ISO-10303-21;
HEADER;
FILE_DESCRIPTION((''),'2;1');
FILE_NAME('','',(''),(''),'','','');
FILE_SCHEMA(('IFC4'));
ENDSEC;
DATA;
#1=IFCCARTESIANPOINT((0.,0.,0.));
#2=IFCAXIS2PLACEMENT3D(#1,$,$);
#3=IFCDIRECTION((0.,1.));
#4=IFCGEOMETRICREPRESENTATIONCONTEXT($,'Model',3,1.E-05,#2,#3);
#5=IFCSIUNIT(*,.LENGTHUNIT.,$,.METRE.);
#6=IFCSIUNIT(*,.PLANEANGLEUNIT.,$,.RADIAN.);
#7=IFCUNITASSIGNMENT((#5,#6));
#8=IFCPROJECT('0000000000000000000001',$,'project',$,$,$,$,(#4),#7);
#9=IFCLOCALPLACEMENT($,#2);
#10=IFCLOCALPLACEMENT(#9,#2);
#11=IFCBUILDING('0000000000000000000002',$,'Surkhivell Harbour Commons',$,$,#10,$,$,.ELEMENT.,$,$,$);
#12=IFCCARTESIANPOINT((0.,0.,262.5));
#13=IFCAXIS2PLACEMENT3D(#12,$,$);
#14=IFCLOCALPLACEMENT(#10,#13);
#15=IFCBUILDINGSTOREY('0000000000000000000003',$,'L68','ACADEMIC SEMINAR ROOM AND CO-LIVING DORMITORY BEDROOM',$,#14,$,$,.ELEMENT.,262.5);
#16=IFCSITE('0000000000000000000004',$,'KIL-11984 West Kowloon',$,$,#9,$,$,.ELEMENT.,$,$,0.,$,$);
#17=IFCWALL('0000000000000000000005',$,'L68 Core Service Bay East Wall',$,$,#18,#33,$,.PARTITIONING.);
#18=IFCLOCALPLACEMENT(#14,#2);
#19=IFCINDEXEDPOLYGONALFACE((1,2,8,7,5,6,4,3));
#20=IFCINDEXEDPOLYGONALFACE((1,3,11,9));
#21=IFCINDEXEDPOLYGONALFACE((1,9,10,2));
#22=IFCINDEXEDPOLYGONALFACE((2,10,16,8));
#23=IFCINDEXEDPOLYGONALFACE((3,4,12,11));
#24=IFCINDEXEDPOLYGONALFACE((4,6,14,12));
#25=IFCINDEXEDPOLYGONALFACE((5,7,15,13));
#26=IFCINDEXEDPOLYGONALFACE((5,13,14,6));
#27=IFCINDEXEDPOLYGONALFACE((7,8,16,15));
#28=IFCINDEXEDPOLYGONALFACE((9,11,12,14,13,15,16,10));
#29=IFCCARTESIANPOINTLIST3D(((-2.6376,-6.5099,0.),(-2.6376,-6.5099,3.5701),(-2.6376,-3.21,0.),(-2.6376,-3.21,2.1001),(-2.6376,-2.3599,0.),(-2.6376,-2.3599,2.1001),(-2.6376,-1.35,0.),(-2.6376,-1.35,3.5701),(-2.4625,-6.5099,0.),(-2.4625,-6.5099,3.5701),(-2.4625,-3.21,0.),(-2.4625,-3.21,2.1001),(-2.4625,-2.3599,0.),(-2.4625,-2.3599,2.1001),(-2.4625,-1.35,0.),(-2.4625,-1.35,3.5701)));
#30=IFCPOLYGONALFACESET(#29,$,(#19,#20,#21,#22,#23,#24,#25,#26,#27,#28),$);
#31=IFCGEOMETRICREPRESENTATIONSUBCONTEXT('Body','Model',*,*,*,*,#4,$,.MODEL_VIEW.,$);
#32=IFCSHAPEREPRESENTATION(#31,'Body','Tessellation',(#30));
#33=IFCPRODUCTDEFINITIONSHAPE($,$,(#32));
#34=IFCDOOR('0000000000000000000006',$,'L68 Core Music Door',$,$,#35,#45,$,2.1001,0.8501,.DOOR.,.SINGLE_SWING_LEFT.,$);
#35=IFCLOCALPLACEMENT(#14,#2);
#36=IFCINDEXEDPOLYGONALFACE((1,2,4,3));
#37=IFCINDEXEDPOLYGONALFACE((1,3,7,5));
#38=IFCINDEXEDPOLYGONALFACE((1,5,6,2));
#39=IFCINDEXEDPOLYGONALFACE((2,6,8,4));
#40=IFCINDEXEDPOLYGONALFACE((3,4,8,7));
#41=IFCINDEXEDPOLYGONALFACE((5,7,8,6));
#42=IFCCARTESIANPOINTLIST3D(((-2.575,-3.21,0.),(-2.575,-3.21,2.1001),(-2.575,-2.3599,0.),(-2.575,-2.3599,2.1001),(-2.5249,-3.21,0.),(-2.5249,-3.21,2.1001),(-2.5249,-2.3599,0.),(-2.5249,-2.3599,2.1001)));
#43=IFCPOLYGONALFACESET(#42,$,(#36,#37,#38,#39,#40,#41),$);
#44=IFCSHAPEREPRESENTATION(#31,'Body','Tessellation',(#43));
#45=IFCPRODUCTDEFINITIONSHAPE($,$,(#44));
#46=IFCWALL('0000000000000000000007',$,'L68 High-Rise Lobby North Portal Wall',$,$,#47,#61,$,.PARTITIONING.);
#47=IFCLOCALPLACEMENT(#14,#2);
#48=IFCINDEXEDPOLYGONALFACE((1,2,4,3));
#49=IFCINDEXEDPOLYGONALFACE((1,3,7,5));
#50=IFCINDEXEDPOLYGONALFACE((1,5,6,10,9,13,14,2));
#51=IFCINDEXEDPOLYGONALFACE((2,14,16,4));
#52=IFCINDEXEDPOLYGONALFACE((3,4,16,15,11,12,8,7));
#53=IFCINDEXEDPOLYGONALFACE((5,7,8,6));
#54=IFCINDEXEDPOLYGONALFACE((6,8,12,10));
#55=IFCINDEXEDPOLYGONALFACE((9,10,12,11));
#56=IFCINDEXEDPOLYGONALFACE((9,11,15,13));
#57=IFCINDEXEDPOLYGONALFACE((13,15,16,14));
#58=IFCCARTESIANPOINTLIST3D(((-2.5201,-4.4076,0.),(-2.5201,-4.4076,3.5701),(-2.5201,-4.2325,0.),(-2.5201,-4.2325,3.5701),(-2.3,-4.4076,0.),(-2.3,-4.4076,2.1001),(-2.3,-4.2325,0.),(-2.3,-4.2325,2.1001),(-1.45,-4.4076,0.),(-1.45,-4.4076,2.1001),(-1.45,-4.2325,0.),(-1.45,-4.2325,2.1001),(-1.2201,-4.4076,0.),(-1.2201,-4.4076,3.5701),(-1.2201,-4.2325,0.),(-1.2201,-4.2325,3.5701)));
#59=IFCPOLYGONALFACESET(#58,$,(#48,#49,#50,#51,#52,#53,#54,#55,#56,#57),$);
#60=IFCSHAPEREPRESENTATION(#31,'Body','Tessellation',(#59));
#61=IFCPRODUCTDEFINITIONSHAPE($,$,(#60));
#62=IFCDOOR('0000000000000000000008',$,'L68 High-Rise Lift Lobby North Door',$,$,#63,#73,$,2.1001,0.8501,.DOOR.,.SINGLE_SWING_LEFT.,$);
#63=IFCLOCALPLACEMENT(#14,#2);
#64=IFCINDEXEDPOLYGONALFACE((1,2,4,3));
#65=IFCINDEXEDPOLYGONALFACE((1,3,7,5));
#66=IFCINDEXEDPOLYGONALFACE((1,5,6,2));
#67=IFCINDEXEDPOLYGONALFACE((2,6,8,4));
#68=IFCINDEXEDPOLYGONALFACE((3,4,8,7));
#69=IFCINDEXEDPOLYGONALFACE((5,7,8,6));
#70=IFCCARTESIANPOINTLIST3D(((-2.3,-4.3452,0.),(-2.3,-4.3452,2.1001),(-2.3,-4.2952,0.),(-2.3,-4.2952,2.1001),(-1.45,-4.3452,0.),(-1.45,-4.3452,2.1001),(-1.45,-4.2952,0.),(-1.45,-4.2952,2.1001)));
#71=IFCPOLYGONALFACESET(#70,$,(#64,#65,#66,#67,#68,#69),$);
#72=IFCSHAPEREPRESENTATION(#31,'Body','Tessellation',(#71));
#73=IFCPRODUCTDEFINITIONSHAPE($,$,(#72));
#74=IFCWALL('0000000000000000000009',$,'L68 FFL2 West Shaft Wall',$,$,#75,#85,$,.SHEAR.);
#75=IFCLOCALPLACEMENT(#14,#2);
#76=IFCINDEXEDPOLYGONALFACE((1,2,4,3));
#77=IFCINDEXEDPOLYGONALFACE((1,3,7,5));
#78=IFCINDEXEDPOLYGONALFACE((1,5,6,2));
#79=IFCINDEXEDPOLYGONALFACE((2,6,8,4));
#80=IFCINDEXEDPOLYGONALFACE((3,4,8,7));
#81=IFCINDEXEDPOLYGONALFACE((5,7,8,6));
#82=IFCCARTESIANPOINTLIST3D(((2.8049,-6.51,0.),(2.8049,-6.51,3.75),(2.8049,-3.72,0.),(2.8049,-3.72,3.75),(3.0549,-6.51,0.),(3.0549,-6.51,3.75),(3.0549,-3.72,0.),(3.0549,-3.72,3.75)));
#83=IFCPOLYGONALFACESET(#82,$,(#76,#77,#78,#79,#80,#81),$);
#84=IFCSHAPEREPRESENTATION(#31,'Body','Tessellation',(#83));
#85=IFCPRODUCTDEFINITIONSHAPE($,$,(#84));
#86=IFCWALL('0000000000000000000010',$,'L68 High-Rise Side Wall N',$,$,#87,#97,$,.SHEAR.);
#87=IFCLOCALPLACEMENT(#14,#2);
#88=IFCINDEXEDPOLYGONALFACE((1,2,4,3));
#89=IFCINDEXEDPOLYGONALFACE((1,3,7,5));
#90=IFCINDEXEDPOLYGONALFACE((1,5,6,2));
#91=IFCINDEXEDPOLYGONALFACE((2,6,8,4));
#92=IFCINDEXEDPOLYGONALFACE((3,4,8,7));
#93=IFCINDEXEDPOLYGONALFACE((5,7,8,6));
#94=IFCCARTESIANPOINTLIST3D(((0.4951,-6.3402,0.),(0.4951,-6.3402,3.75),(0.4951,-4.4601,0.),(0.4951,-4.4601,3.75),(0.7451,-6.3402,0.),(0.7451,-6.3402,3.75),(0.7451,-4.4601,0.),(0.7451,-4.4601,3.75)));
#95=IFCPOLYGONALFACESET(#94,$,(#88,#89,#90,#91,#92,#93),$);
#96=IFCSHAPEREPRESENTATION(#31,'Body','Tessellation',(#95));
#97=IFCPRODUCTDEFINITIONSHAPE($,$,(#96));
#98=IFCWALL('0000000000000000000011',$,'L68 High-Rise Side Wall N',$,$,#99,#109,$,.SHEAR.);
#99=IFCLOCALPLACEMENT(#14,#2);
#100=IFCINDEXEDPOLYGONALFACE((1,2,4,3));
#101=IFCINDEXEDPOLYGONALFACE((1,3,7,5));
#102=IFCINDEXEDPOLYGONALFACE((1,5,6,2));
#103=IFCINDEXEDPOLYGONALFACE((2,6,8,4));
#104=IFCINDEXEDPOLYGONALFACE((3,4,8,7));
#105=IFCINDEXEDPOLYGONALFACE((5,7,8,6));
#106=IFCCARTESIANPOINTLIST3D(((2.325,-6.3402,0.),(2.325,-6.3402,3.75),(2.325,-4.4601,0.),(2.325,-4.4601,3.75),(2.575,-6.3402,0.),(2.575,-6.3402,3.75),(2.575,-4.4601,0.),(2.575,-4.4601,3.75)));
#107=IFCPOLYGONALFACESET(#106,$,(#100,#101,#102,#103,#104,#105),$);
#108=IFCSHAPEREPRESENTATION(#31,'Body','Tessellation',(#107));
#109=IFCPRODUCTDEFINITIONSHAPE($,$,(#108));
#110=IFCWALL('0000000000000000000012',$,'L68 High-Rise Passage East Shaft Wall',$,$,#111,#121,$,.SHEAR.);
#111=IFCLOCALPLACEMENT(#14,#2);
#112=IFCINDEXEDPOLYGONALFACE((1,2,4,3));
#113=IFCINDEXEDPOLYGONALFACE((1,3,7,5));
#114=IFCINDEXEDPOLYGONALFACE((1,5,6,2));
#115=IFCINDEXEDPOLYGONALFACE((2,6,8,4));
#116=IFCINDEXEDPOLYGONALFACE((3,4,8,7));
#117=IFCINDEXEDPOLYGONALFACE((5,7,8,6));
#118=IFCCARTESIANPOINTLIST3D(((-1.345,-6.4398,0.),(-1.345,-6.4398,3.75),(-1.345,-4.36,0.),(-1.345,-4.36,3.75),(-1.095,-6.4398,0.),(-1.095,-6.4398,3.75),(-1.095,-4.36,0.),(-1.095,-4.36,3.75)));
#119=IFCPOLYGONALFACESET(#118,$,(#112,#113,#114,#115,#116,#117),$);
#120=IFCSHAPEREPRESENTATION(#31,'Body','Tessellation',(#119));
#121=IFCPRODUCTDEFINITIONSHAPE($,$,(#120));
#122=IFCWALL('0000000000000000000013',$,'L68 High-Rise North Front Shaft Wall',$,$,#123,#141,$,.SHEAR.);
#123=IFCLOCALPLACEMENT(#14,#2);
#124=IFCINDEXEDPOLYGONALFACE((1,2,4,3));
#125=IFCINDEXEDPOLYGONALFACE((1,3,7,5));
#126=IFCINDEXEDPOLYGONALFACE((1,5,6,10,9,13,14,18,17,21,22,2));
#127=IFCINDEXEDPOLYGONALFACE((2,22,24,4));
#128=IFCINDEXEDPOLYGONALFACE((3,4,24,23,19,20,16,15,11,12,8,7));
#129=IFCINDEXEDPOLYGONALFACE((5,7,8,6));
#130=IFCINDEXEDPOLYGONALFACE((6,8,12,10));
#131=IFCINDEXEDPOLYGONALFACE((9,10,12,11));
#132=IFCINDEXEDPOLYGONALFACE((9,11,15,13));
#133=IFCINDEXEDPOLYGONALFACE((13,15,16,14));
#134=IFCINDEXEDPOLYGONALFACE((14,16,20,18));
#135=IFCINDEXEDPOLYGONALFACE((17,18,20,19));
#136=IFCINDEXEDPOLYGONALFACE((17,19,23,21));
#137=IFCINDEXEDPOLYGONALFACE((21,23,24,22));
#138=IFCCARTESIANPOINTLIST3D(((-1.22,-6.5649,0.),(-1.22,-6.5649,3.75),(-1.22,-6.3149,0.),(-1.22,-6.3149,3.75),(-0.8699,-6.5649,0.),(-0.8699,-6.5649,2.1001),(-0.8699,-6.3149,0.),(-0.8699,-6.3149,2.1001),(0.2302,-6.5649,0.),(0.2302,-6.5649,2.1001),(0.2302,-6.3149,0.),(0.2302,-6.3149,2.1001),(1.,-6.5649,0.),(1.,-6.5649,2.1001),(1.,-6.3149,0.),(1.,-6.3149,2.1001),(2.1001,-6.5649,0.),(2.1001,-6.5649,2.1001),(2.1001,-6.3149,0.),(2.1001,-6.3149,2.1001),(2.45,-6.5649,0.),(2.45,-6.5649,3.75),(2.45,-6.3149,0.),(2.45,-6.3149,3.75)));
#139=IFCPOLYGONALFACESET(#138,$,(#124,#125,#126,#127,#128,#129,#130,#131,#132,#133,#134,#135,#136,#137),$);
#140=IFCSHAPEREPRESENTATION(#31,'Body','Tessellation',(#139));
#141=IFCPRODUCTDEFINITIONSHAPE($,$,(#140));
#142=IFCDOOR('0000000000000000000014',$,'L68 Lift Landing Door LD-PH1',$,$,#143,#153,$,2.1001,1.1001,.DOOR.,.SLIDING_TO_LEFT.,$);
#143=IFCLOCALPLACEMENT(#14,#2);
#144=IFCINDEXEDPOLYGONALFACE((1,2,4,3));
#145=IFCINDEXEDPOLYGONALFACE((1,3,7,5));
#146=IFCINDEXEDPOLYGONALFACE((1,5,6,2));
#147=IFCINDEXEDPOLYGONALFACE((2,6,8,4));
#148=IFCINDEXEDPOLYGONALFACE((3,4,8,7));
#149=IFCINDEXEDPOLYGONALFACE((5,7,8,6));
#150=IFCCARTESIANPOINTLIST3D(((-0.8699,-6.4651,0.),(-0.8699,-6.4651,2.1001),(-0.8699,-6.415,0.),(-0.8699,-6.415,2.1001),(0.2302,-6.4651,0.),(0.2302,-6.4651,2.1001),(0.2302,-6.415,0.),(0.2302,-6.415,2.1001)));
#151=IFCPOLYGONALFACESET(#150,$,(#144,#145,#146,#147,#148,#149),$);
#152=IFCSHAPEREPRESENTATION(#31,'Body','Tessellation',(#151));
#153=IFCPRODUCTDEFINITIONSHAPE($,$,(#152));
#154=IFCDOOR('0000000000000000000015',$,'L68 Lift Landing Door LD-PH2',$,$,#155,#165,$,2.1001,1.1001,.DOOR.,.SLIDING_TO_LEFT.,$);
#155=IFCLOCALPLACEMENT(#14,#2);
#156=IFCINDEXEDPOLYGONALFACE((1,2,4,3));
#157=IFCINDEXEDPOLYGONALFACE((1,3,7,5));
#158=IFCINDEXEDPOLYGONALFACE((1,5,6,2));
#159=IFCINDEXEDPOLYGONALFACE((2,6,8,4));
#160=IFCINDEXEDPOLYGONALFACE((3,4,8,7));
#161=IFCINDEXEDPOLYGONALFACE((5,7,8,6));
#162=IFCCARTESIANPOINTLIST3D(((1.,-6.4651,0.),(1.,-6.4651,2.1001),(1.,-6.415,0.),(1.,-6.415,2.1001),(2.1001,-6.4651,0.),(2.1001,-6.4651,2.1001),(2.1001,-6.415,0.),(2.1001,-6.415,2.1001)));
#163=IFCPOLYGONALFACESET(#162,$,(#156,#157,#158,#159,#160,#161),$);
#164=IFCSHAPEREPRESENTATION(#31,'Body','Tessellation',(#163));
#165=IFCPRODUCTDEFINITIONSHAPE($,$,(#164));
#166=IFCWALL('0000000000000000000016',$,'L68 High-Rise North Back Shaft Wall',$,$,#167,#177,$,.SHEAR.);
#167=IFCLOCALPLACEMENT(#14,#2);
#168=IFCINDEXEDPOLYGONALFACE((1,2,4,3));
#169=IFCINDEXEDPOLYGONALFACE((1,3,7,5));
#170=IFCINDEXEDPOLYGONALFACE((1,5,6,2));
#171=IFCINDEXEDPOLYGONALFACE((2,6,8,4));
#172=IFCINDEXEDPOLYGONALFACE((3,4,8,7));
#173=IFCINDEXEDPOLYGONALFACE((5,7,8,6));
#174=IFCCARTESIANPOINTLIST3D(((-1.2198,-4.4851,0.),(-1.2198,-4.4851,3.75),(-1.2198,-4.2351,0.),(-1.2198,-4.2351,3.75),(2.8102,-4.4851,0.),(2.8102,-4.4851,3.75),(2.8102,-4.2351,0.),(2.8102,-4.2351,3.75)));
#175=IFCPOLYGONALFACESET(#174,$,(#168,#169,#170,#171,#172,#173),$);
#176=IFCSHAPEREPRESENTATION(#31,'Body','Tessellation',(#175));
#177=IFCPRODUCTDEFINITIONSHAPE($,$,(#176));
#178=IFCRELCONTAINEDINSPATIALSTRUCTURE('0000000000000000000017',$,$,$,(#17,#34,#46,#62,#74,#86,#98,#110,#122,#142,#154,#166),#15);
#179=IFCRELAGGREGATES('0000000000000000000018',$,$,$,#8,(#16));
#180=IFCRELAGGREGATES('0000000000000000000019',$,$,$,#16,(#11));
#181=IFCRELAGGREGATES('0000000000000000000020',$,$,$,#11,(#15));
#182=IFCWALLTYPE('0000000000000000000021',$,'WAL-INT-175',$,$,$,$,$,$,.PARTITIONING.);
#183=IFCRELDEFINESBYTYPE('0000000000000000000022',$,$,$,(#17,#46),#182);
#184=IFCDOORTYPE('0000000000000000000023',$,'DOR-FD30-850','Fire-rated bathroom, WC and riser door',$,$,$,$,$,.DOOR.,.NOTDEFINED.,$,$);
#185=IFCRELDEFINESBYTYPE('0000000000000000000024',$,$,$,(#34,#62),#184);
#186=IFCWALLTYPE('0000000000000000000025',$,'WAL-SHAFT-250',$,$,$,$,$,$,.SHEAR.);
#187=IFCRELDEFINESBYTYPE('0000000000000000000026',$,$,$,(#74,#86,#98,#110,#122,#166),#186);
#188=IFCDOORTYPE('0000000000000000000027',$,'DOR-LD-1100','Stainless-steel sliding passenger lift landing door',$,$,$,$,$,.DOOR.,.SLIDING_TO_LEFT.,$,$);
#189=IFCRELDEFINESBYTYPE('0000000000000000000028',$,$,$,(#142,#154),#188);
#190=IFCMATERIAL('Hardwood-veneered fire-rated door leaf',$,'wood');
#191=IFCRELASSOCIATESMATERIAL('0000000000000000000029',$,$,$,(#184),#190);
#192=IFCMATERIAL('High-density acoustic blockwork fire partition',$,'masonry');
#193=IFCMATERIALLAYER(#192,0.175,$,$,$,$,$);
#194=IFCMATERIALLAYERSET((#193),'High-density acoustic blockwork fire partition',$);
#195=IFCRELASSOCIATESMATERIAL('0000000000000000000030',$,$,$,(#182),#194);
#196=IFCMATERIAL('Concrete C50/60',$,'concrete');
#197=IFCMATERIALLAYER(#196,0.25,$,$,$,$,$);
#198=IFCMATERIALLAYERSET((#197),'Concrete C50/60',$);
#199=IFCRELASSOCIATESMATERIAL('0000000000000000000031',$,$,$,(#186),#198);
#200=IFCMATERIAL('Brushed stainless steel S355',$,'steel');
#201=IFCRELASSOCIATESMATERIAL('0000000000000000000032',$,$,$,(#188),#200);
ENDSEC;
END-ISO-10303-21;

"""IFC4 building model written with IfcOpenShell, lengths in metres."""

from ifc_helpers import new_model, si_unit, direction, frame, frame_2d, origin, place, context, subcontext, project, spatial, rectangle, extrude, material, layer, layer_set, type_object, element, fill, save


model = new_model("IFC4")

# Units and contexts
model_context = context("Model", 3, precision=1e-05, world=origin(), true_north=direction((0.0, 1.0)))
body_context = subcontext(model_context, "Body", "Model", "MODEL_VIEW")
ifc_project = project(units=[si_unit("LENGTHUNIT", "METRE"), si_unit("PLANEANGLEUNIT", "RADIAN")], contexts=[model_context])

# Site, building, storey
site_placement = place(None, origin())
site = spatial("IfcSite", under=ifc_project, at=site_placement, Name="KIL-11984 West Kowloon", CompositionType="ELEMENT", RefElevation=0.0)
building_placement = place(site_placement, origin())
building = spatial("IfcBuilding", under=site, at=building_placement, Name="Surkhivell Harbour Commons", CompositionType="ELEMENT")
storey_placement = place(building_placement, frame((0.0, 0.0, 262.5)))
storey = spatial("IfcBuildingStorey", under=building, at=storey_placement, Name="L68", Description="ACADEMIC SEMINAR ROOM AND CO-LIVING DORMITORY BEDROOM", CompositionType="ELEMENT", Elevation=262.5)

# Walls, openings, doors
ifc_material_1 = material(Name="Hardwood-veneered fire-rated door leaf", Category="wood")
door_type_1 = type_object("IfcDoorType", Name="DOR-FD30-850", Description="Fire-rated bathroom, WC and riser door", OperationType="NOTDEFINED", PredefinedType="DOOR", material=ifc_material_1)
ifc_material_2 = material(Name="High-density acoustic blockwork fire partition", Category="masonry")
ifc_layer_1 = layer(ifc_material_2, 0.175)
ifc_layer_set_1 = layer_set([ifc_layer_1], Name="High-density acoustic blockwork fire partition")
wall_type_1 = type_object("IfcWallType", Name="WAL-INT-175", PredefinedType="PARTITIONING", material=ifc_layer_set_1)
wall_1_placement = place(storey_placement, frame((-2.55, -6.51, 0.0), z_axis=(0.0, 0.0, 1.0), x_axis=(0.0, 1.0, 0.0)))
wall_1 = element("IfcWall", 1, at=wall_1_placement, inside=storey, type_object=wall_type_1, Name="L68 Core Service Bay East Wall", PredefinedType="PARTITIONING", context=body_context, shape_type="SweptSolid", body=[
    extrude(rectangle(XDim=5.1599, YDim=0.175, at=frame_2d((2.5801, 0.0))), origin(), (0.0, 0.0, 1.0), 3.5701),
])
opening_1_placement = place(wall_1_placement, frame((3.3, 0.0, 0.0)))
opening_1 = element("IfcOpeningElement", 2, at=opening_1_placement, cuts=wall_1, PredefinedType="OPENING", context=body_context, shape_type="SweptSolid", body=[
    extrude(rectangle(XDim=0.8501, YDim=2.1001, at=frame_2d((0.425, 1.05))), frame((0.0, 0.0974, 0.0), z_axis=(0.0, -1.0, 0.0), x_axis=(1.0, 0.0, 0.0)), (0.0, 0.0, 1.0), 0.1951),
])
door_1_placement = place(opening_1_placement, origin())
door_1 = element("IfcDoor", 3, at=door_1_placement, inside=storey, type_object=door_type_1, Name="L68 Core Music Door", OperationType="SINGLE_SWING_LEFT", OverallHeight=2.1001, OverallWidth=0.8501, PredefinedType="DOOR", context=body_context, shape_type="SweptSolid", body=[
    extrude(rectangle(XDim=0.8501, YDim=2.1001, at=frame_2d((0.425, 1.05))), frame((0.0, 0.0249, 0.0), z_axis=(0.0, -1.0, 0.0), x_axis=(1.0, 0.0, 0.0)), (0.0, 0.0, 1.0), 0.05),
])
fill(opening_1, door_1)
wall_2_placement = place(storey_placement, frame((-2.52, -4.3201, 0.0), z_axis=(0.0, 0.0, 1.0), x_axis=(1.0, 0.0, 0.0)))
wall_2 = element("IfcWall", 4, at=wall_2_placement, inside=storey, type_object=wall_type_1, Name="L68 High-Rise Lobby North Portal Wall", PredefinedType="PARTITIONING", context=body_context, shape_type="SweptSolid", body=[
    extrude(rectangle(XDim=1.3, YDim=0.175, at=frame_2d((0.6499, 0.0))), origin(), (0.0, 0.0, 1.0), 3.5701),
])
opening_2_placement = place(wall_2_placement, frame((0.22, 0.0, 0.0)))
opening_2 = element("IfcOpeningElement", 5, at=opening_2_placement, cuts=wall_2, PredefinedType="OPENING", context=body_context, shape_type="SweptSolid", body=[
    extrude(rectangle(XDim=0.8501, YDim=2.1001, at=frame_2d((0.425, 1.05))), frame((0.0, 0.0974, 0.0), z_axis=(0.0, -1.0, 0.0), x_axis=(1.0, 0.0, 0.0)), (0.0, 0.0, 1.0), 0.1951),
])
door_2_placement = place(opening_2_placement, origin())
door_2 = element("IfcDoor", 6, at=door_2_placement, inside=storey, type_object=door_type_1, Name="L68 High-Rise Lift Lobby North Door", OperationType="SINGLE_SWING_LEFT", OverallHeight=2.1001, OverallWidth=0.8501, PredefinedType="DOOR", context=body_context, shape_type="SweptSolid", body=[
    extrude(rectangle(XDim=0.8501, YDim=2.1001, at=frame_2d((0.425, 1.05))), frame((0.0, 0.0249, 0.0), z_axis=(0.0, -1.0, 0.0), x_axis=(1.0, 0.0, 0.0)), (0.0, 0.0, 1.0), 0.05),
])
fill(opening_2, door_2)

# Walls
ifc_material_3 = material(Name="Concrete C50/60", Category="concrete")
ifc_layer_2 = layer(ifc_material_3, 0.25)
ifc_layer_set_2 = layer_set([ifc_layer_2], Name="Concrete C50/60")
wall_type_2 = type_object("IfcWallType", Name="WAL-SHAFT-250", PredefinedType="SHEAR", material=ifc_layer_set_2)
wall_3_placement = place(storey_placement, frame((2.9299, -6.51, 0.0), z_axis=(0.0, 0.0, 1.0), x_axis=(0.0, 1.0, 0.0)))
element("IfcWall", 7, at=wall_3_placement, inside=storey, type_object=wall_type_2, Name="L68 FFL2 West Shaft Wall", PredefinedType="SHEAR", context=body_context, shape_type="SweptSolid", body=[
    extrude(rectangle(XDim=2.79, YDim=0.25, at=frame_2d((1.395, 0.0))), origin(), (0.0, 0.0, 1.0), 3.75),
])
for number, where, z_axis, x_axis, name in (
    (8, (0.6201, -6.3401, 0.0), (0.0, 0.0, 1.0), (0.0, 1.0, 0.0), "L68 High-Rise Side Wall N"),
    (9, (2.45, -6.3401, 0.0), (0.0, 0.0, 1.0), (0.0, 1.0, 0.0), "L68 High-Rise Side Wall N"),
):
    element("IfcWall", number, at=place(storey_placement, frame(where, z_axis=z_axis, x_axis=x_axis)), inside=storey, type_object=wall_type_2, Name=name, PredefinedType="SHEAR", context=body_context, shape_type="SweptSolid", body=[
        extrude(rectangle(XDim=1.8801, YDim=0.25, at=frame_2d((0.9399, 0.0))), origin(), (0.0, 0.0, 1.0), 3.75),
    ])
wall_4_placement = place(storey_placement, frame((-1.22, -6.4399, 0.0), z_axis=(0.0, 0.0, 1.0), x_axis=(0.0, 1.0, 0.0)))
element("IfcWall", 10, at=wall_4_placement, inside=storey, type_object=wall_type_2, Name="L68 High-Rise Passage East Shaft Wall", PredefinedType="SHEAR", context=body_context, shape_type="SweptSolid", body=[
    extrude(rectangle(XDim=2.0798, YDim=0.25, at=frame_2d((1.04, 0.0))), origin(), (0.0, 0.0, 1.0), 3.75),
])

# Wall, openings, doors
wall_5_placement = place(storey_placement, frame((-1.22, -6.4399, 0.0), z_axis=(0.0, 0.0, 1.0), x_axis=(1.0, 0.0, 0.0)))
wall_5 = element("IfcWall", 11, at=wall_5_placement, inside=storey, type_object=wall_type_2, Name="L68 High-Rise North Front Shaft Wall", PredefinedType="SHEAR", context=body_context, shape_type="SweptSolid", body=[
    extrude(rectangle(XDim=3.6699, YDim=0.25, at=frame_2d((1.835, 0.0))), origin(), (0.0, 0.0, 1.0), 3.75),
])
opening_3_placement = place(wall_5_placement, frame((0.3501, 0.0, 0.0)))
opening_3 = element("IfcOpeningElement", 12, at=opening_3_placement, cuts=wall_5, PredefinedType="OPENING", context=body_context, shape_type="SweptSolid", body=[
    extrude(rectangle(XDim=1.1001, YDim=2.1001, at=frame_2d((0.55, 1.05))), frame((0.0, 0.135, 0.0), z_axis=(0.0, -1.0, 0.0), x_axis=(1.0, 0.0, 0.0)), (0.0, 0.0, 1.0), 0.27),
])
opening_4_placement = place(wall_5_placement, frame((2.22, 0.0, 0.0)))
opening_4 = element("IfcOpeningElement", 13, at=opening_4_placement, cuts=wall_5, PredefinedType="OPENING", context=body_context, shape_type="SweptSolid", body=[
    extrude(rectangle(XDim=1.1001, YDim=2.1001, at=frame_2d((0.55, 1.05))), frame((0.0, 0.135, 0.0), z_axis=(0.0, -1.0, 0.0), x_axis=(1.0, 0.0, 0.0)), (0.0, 0.0, 1.0), 0.27),
])
ifc_material_4 = material(Name="Brushed stainless steel S355", Category="steel")
door_type_2 = type_object("IfcDoorType", Name="DOR-LD-1100", Description="Stainless-steel sliding passenger lift landing door", OperationType="SLIDING_TO_LEFT", PredefinedType="DOOR", material=ifc_material_4)
door_3_placement = place(opening_3_placement, origin())
door_3 = element("IfcDoor", 14, at=door_3_placement, inside=storey, type_object=door_type_2, Name="L68 Lift Landing Door LD-PH1", OperationType="SLIDING_TO_LEFT", OverallHeight=2.1001, OverallWidth=1.1001, PredefinedType="DOOR", context=body_context, shape_type="SweptSolid", body=[
    extrude(rectangle(XDim=1.1001, YDim=2.1001, at=frame_2d((0.55, 1.05))), frame((0.0, 0.0249, 0.0), z_axis=(0.0, -1.0, 0.0), x_axis=(1.0, 0.0, 0.0)), (0.0, 0.0, 1.0), 0.05),
])
fill(opening_3, door_3)
door_4_placement = place(opening_4_placement, origin())
door_4 = element("IfcDoor", 15, at=door_4_placement, inside=storey, type_object=door_type_2, Name="L68 Lift Landing Door LD-PH2", OperationType="SLIDING_TO_LEFT", OverallHeight=2.1001, OverallWidth=1.1001, PredefinedType="DOOR", context=body_context, shape_type="SweptSolid", body=[
    extrude(rectangle(XDim=1.1001, YDim=2.1001, at=frame_2d((0.55, 1.05))), frame((0.0, 0.0249, 0.0), z_axis=(0.0, -1.0, 0.0), x_axis=(1.0, 0.0, 0.0)), (0.0, 0.0, 1.0), 0.05),
])
fill(opening_4, door_4)

# Wall
wall_6_placement = place(storey_placement, frame((-1.22, -4.3601, 0.0), z_axis=(0.0, 0.0, 1.0), x_axis=(1.0, 0.0, 0.0)))
element("IfcWall", 16, at=wall_6_placement, inside=storey, type_object=wall_type_2, Name="L68 High-Rise North Back Shaft Wall", PredefinedType="SHEAR", context=body_context, shape_type="SweptSolid", body=[
    extrude(rectangle(XDim=4.03, YDim=0.25, at=frame_2d((2.0151, 0.0))), origin(), (0.0, 0.0, 1.0), 3.75),
])

save(model, "model.ifc")
